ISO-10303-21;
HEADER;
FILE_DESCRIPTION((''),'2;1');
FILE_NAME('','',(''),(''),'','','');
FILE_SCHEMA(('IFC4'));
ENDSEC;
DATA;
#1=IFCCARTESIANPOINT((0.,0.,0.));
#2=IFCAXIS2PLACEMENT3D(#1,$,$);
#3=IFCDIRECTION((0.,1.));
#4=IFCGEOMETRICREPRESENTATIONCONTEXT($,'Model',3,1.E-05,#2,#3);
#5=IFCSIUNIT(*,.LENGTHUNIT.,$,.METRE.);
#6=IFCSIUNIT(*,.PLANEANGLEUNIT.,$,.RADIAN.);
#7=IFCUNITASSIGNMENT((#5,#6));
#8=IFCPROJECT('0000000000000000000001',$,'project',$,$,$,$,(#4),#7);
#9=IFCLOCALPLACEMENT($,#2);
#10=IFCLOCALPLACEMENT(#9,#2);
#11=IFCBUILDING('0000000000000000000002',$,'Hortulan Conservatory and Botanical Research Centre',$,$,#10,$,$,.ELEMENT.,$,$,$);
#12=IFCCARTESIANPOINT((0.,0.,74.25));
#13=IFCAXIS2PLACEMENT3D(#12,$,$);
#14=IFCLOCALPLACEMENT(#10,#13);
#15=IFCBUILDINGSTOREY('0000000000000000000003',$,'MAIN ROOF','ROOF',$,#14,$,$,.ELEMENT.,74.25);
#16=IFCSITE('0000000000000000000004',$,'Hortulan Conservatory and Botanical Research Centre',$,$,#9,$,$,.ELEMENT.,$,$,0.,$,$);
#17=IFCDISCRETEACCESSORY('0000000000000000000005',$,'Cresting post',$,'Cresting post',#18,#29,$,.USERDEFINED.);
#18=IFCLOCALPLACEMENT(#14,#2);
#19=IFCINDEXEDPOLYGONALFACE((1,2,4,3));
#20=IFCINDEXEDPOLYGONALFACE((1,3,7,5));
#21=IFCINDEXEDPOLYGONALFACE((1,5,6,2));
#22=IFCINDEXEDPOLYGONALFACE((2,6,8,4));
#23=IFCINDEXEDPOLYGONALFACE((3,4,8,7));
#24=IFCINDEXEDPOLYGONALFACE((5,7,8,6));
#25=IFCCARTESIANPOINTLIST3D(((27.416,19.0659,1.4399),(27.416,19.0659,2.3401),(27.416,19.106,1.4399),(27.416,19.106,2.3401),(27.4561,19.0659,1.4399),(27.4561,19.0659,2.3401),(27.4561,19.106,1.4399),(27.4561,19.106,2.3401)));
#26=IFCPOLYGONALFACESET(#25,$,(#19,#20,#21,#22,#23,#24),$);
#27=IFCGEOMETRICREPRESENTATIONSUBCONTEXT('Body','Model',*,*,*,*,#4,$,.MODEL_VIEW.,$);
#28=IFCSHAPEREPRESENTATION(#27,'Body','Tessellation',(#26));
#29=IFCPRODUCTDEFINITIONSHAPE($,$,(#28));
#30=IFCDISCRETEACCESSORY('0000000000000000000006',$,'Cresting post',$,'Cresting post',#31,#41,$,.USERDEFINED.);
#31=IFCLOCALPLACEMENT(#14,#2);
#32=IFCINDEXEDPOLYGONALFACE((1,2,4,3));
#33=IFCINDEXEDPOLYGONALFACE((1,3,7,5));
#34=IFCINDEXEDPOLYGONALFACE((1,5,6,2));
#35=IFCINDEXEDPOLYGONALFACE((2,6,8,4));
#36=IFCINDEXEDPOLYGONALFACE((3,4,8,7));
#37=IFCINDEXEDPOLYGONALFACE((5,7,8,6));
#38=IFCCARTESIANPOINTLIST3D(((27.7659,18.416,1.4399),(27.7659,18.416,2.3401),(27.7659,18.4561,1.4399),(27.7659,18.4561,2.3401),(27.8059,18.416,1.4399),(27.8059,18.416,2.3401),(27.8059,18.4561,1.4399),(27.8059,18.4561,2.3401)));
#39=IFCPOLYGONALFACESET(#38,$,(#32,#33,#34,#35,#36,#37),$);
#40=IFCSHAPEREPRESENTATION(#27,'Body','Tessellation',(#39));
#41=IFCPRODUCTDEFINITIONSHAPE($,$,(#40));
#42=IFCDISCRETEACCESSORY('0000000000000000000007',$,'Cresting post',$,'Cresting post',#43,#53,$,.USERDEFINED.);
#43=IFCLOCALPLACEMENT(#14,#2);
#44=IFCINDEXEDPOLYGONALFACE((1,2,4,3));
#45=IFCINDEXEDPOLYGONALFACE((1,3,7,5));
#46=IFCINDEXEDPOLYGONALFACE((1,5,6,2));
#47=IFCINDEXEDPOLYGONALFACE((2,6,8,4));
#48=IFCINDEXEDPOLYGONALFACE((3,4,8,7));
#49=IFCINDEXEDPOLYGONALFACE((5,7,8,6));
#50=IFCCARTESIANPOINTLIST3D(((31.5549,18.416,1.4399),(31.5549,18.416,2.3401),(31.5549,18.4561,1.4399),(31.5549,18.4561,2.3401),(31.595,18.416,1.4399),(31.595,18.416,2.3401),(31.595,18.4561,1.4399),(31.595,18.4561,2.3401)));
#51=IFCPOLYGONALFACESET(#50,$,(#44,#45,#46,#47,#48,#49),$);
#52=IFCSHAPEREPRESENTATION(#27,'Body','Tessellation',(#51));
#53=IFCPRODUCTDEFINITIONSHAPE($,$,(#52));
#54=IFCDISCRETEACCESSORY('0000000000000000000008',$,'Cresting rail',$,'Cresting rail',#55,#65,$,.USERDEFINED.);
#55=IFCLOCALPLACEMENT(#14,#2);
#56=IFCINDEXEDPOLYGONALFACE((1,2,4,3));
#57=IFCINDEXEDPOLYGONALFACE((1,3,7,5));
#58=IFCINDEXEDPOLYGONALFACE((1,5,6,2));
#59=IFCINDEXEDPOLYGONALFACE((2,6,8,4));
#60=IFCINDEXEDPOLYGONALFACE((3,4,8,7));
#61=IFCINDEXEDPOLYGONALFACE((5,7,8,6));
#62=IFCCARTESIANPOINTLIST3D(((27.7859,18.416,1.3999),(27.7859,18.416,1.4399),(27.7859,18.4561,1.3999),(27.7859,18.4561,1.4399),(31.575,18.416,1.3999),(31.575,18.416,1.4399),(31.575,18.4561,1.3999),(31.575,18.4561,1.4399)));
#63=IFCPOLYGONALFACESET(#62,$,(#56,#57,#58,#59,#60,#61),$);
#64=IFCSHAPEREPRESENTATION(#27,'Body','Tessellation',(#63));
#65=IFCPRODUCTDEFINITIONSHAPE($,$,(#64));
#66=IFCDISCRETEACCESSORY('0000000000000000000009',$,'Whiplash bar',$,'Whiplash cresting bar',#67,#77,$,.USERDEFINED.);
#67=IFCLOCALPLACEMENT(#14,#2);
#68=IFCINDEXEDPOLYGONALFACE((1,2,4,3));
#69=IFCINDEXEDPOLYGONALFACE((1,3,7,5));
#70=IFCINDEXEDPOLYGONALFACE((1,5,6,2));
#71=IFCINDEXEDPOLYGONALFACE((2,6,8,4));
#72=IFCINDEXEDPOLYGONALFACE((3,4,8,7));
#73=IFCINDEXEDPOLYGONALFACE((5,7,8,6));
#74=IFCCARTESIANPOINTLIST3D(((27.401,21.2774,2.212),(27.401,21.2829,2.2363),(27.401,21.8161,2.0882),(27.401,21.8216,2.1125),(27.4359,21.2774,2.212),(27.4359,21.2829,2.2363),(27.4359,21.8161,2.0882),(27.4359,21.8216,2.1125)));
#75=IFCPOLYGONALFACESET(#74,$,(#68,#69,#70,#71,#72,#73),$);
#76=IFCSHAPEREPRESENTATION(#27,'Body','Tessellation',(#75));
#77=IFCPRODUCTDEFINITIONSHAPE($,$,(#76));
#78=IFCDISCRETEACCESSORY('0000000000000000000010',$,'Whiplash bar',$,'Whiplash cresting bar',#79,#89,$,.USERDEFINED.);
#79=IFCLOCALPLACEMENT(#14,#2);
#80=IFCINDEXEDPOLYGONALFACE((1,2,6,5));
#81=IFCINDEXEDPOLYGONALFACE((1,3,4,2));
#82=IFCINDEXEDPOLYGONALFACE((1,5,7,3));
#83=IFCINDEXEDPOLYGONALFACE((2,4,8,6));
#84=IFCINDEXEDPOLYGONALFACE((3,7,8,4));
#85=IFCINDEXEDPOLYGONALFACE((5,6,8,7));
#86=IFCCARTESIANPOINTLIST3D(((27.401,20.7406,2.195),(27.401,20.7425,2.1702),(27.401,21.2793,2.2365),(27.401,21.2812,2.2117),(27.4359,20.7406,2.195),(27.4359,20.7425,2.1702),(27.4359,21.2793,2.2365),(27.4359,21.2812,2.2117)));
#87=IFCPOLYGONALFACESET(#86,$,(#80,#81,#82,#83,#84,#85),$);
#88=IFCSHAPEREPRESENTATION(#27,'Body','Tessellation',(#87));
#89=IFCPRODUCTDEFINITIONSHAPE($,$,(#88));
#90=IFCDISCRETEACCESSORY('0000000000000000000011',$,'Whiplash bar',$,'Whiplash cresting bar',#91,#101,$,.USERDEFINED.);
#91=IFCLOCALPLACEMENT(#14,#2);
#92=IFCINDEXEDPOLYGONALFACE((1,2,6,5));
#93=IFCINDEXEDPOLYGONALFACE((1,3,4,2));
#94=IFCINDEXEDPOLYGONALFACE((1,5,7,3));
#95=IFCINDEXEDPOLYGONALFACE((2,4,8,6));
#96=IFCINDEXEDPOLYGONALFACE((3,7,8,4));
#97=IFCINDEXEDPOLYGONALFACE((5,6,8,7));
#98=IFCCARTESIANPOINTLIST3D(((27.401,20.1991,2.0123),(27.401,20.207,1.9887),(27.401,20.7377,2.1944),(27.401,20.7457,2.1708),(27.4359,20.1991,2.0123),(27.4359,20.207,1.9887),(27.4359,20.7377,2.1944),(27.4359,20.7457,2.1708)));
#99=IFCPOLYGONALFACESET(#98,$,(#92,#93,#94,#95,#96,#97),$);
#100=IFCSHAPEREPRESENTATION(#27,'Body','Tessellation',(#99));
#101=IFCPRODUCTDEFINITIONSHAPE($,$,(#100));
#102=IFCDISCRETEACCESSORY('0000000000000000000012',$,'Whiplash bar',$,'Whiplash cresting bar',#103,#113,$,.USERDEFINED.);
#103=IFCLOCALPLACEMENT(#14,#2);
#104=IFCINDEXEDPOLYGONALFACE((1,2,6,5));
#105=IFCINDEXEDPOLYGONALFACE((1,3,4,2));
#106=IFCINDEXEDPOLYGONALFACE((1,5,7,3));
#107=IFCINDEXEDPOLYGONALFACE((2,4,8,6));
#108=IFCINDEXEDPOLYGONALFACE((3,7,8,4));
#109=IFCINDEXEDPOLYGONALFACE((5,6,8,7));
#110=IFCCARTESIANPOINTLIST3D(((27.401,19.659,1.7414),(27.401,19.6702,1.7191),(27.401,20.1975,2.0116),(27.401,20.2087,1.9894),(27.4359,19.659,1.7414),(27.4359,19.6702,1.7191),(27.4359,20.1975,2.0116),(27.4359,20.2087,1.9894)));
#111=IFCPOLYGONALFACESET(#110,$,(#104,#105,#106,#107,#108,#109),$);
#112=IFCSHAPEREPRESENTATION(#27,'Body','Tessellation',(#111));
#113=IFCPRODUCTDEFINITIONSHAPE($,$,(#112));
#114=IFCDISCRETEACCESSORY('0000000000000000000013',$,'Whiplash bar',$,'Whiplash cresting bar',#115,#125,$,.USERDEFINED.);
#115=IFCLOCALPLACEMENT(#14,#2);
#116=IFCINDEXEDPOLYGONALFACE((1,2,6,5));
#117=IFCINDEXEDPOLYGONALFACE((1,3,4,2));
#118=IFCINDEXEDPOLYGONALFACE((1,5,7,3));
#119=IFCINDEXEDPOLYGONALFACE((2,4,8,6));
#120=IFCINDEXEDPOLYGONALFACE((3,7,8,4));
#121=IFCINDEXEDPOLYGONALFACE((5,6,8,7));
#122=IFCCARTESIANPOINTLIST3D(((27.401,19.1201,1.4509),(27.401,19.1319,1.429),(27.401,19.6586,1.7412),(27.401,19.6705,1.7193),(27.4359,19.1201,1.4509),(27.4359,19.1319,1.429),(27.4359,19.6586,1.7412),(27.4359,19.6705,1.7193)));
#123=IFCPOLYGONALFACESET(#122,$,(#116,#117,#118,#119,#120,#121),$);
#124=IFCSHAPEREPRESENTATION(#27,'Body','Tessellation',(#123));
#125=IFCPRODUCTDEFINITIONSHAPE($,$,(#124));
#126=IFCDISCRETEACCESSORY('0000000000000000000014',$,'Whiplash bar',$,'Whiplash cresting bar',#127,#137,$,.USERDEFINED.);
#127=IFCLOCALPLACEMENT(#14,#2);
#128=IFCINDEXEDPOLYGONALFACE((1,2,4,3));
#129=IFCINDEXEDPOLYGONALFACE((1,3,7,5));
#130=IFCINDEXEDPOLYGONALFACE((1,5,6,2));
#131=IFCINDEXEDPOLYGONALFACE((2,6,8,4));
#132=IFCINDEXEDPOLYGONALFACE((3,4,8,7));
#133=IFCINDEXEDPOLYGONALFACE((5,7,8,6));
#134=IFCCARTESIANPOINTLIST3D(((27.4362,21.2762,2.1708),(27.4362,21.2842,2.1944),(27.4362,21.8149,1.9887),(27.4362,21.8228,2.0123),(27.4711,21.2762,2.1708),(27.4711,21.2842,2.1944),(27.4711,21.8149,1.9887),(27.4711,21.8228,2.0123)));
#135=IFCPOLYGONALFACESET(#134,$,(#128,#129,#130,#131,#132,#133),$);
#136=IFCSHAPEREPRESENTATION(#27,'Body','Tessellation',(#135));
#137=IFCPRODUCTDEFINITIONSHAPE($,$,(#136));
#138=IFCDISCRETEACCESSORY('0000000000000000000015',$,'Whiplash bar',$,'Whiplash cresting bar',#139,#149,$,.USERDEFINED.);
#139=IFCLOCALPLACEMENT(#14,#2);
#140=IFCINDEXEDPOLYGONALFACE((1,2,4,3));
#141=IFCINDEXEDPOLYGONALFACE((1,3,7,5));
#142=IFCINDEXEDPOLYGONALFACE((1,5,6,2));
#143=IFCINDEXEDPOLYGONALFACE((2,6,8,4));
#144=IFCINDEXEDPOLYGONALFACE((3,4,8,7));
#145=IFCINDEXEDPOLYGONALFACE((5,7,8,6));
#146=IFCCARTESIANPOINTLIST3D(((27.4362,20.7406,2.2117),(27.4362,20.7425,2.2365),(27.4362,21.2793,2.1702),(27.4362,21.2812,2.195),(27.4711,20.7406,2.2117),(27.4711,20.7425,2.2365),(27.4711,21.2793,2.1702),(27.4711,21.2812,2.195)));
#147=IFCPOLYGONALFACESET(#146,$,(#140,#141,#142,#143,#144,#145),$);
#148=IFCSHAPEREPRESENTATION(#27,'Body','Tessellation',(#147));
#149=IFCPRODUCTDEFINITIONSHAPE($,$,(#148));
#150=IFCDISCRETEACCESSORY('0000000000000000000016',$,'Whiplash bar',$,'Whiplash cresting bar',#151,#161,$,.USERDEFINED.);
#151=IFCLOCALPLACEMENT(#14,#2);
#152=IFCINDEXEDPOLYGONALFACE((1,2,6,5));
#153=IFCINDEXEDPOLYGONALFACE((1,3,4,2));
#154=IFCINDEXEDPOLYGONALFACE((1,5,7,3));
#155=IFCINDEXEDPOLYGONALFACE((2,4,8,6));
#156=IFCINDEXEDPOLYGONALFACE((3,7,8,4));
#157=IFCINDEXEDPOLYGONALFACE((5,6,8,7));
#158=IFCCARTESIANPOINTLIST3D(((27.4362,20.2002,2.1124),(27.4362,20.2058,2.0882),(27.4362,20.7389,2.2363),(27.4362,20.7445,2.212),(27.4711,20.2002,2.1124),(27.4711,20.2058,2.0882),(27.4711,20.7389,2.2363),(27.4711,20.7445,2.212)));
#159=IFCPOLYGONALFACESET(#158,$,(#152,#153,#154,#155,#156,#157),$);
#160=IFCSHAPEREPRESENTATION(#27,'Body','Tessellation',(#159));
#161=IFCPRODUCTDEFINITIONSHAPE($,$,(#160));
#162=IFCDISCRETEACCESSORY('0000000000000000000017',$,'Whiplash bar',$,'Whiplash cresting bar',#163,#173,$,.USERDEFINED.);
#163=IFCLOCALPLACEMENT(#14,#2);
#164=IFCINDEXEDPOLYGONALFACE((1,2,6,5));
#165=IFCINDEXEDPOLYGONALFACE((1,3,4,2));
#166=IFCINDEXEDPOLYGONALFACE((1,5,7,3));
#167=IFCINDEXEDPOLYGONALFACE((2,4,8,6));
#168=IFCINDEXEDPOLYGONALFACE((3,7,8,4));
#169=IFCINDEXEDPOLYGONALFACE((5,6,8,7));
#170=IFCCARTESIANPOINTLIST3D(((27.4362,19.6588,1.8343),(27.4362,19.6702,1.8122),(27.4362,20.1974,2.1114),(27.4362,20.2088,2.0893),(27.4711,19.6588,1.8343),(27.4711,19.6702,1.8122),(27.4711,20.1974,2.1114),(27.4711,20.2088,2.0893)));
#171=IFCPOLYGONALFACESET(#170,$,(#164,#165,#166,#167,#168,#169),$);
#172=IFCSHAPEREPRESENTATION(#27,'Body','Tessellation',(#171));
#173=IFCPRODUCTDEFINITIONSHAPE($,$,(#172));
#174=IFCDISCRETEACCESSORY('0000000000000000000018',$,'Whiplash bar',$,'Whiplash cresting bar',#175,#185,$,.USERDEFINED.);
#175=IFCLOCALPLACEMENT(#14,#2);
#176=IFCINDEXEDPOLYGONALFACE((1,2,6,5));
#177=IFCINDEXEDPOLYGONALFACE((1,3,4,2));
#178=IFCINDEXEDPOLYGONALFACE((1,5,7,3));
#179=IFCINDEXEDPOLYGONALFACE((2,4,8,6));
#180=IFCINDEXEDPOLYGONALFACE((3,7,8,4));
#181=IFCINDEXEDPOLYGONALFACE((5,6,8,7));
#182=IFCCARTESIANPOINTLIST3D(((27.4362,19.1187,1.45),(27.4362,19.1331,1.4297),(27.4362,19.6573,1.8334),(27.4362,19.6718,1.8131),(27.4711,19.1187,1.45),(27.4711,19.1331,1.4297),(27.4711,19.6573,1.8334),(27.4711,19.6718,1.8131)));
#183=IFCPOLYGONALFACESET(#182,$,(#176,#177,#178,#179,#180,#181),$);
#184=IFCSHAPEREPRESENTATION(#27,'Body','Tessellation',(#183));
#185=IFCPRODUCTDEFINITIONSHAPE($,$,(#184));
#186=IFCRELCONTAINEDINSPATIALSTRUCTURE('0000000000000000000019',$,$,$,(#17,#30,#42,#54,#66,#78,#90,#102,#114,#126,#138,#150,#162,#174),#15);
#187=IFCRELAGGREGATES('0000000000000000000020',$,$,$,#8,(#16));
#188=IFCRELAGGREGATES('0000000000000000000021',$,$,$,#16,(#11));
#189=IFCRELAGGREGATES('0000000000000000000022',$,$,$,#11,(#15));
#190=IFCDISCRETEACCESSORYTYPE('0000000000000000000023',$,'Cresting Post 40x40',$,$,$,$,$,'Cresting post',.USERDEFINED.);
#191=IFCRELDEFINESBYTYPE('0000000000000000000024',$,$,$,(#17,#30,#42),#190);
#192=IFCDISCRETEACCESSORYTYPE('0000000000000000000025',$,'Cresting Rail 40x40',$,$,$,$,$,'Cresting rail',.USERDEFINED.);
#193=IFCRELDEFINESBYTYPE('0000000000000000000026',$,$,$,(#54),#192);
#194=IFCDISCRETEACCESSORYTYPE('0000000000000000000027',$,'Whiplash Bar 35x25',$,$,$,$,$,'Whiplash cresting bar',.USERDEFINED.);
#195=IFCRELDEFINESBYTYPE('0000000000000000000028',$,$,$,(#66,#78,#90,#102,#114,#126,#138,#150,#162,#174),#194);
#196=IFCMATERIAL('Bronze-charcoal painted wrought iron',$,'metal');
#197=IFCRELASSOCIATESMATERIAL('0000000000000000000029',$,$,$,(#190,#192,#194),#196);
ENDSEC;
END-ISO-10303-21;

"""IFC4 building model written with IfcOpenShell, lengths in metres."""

from ifc_helpers import new_model, si_unit, direction, frame, origin, origin_2d, place, context, subcontext, project, spatial, rectangle, extrude, material, material_profile, profile_set, type_object, element, save


model = new_model("IFC4")

# Units and contexts
model_context = context("Model", 3, precision=1e-05, world=origin(), true_north=direction((0.0, 1.0)))
body_context = subcontext(model_context, "Body", "Model", "MODEL_VIEW")
ifc_project = project(units=[si_unit("LENGTHUNIT", "METRE"), si_unit("PLANEANGLEUNIT", "RADIAN")], contexts=[model_context])

# Site, building, storey
site_placement = place(None, origin())
site = spatial("IfcSite", under=ifc_project, at=site_placement, Name="Hortulan Conservatory and Botanical Research Centre", CompositionType="ELEMENT", RefElevation=0.0)
building_placement = place(site_placement, origin())
building = spatial("IfcBuilding", under=site, at=building_placement, Name="Hortulan Conservatory and Botanical Research Centre", CompositionType="ELEMENT")
storey_placement = place(building_placement, frame((0.0, 0.0, 74.25)))
storey = spatial("IfcBuildingStorey", under=building, at=storey_placement, Name="MAIN ROOF", Description="ROOF", CompositionType="ELEMENT", Elevation=74.25)

# Discrete accessories
ifc_material = material(Name="Bronze-charcoal painted wrought iron", Category="metal")
ifc_material_profile_1 = material_profile(ifc_material, rectangle(XDim=0.04, YDim=0.04, at=origin_2d()), Name="Square bar 40x40")
ifc_profile_set_1 = profile_set([ifc_material_profile_1], Name="Bronze-charcoal painted wrought iron")
discrete_accessory_type_1 = type_object("IfcDiscreteAccessoryType", Name="Cresting Post 40x40", ElementType="Cresting post", PredefinedType="USERDEFINED", material=ifc_profile_set_1)
for number, where, z_axis, x_axis, name in (
    (1, (27.436, 19.0859, 1.4399), (0.0, 0.0, 1.0), (1.0, 0.0, 0.0), "Cresting post"),
    (2, (27.7859, 18.436, 1.4399), (0.0, 0.0, 1.0), (1.0, 0.0, 0.0), "Cresting post"),
    (3, (31.575, 18.436, 1.4399), (0.0, 0.0, 1.0), (1.0, 0.0, 0.0), "Cresting post"),
):
    element("IfcDiscreteAccessory", number, at=place(storey_placement, frame(where, z_axis=z_axis, x_axis=x_axis)), inside=storey, type_object=discrete_accessory_type_1, Name=name, ObjectType="Cresting post", PredefinedType="USERDEFINED", context=body_context, shape_type="SweptSolid", body=[
        extrude(rectangle(XDim=0.04, YDim=0.04, at=origin_2d()), origin(), (0.0, 0.0, 1.0), 0.9001),
    ])
ifc_material_profile_2 = material_profile(ifc_material, rectangle(XDim=0.04, YDim=0.04, at=origin_2d()), Name="Square bar 40x40")
ifc_profile_set_2 = profile_set([ifc_material_profile_2], Name="Bronze-charcoal painted wrought iron")
discrete_accessory_type_2 = type_object("IfcDiscreteAccessoryType", Name="Cresting Rail 40x40", ElementType="Cresting rail", PredefinedType="USERDEFINED", material=ifc_profile_set_2)
discrete_accessory_1_placement = place(storey_placement, frame((27.7859, 18.436, 1.4199), z_axis=(1.0, 0.0, 0.0), x_axis=(0.0, 1.0, 0.0)))
element("IfcDiscreteAccessory", 4, at=discrete_accessory_1_placement, inside=storey, type_object=discrete_accessory_type_2, Name="Cresting rail", ObjectType="Cresting rail", PredefinedType="USERDEFINED", context=body_context, shape_type="SweptSolid", body=[
    extrude(rectangle(XDim=0.04, YDim=0.04, at=origin_2d()), origin(), (0.0, 0.0, 1.0), 3.7891),
])
ifc_material_profile_3 = material_profile(ifc_material, rectangle(XDim=0.0349, YDim=0.0249, at=origin_2d()), Name="Flat bar 35x25")
ifc_profile_set_3 = profile_set([ifc_material_profile_3], Name="Bronze-charcoal painted wrought iron")
discrete_accessory_type_3 = type_object("IfcDiscreteAccessoryType", Name="Whiplash Bar 35x25", ElementType="Whiplash cresting bar", PredefinedType="USERDEFINED", material=ifc_profile_set_3)
discrete_accessory_2_placement = place(storey_placement, frame((27.4185, 21.8188, 2.1003), z_axis=(0.0, -0.974592, 0.223988), x_axis=(1.0, 0.0, 0.0)))
element("IfcDiscreteAccessory", 5, at=discrete_accessory_2_placement, inside=storey, type_object=discrete_accessory_type_3, Name="Whiplash bar", ObjectType="Whiplash cresting bar", PredefinedType="USERDEFINED", context=body_context, shape_type="SweptSolid", body=[
    extrude(rectangle(XDim=0.0349, YDim=0.0249, at=origin_2d()), origin(), (0.0, 0.0, 1.0), 0.5527),
])
discrete_accessory_3_placement = place(storey_placement, frame((27.4185, 21.2803, 2.2241), z_axis=(0.0, -0.997044, -0.076835), x_axis=(1.0, 0.0, 0.0)))
element("IfcDiscreteAccessory", 6, at=discrete_accessory_3_placement, inside=storey, type_object=discrete_accessory_type_3, Name="Whiplash bar", ObjectType="Whiplash cresting bar", PredefinedType="USERDEFINED", context=body_context, shape_type="SweptSolid", body=[
    extrude(rectangle(XDim=0.0349, YDim=0.0249, at=origin_2d()), origin(), (0.0, 0.0, 1.0), 0.5403),
])
discrete_accessory_4_placement = place(storey_placement, frame((27.4185, 20.7417, 2.1826), z_axis=(0.0, -0.9473, -0.320347), x_axis=(1.0, 0.0, 0.0)))
element("IfcDiscreteAccessory", 7, at=discrete_accessory_4_placement, inside=storey, type_object=discrete_accessory_type_3, Name="Whiplash bar", ObjectType="Whiplash cresting bar", PredefinedType="USERDEFINED", context=body_context, shape_type="SweptSolid", body=[
    extrude(rectangle(XDim=0.0349, YDim=0.0249, at=origin_2d()), origin(), (0.0, 0.0, 1.0), 0.5686),
])
discrete_accessory_5_placement = place(storey_placement, frame((27.4185, 20.2031, 2.0005), z_axis=(0.0, -0.893778, -0.44851), x_axis=(1.0, 0.0, 0.0)))
element("IfcDiscreteAccessory", 8, at=discrete_accessory_5_placement, inside=storey, type_object=discrete_accessory_type_3, Name="Whiplash bar", ObjectType="Whiplash cresting bar", PredefinedType="USERDEFINED", context=body_context, shape_type="SweptSolid", body=[
    extrude(rectangle(XDim=0.0349, YDim=0.0249, at=origin_2d()), origin(), (0.0, 0.0, 1.0), 0.6025),
])
discrete_accessory_6_placement = place(storey_placement, frame((27.4185, 19.6646, 1.7302), z_axis=(0.0, -0.880279, -0.474457), x_axis=(1.0, 0.0, 0.0)))
element("IfcDiscreteAccessory", 9, at=discrete_accessory_6_placement, inside=storey, type_object=discrete_accessory_type_3, Name="Whiplash bar", ObjectType="Whiplash cresting bar", PredefinedType="USERDEFINED", context=body_context, shape_type="SweptSolid", body=[
    extrude(rectangle(XDim=0.0349, YDim=0.0249, at=origin_2d()), origin(), (0.0, 0.0, 1.0), 0.6118),
])
discrete_accessory_7_placement = place(storey_placement, frame((27.4536, 21.8188, 2.0005), z_axis=(0.0, -0.9473, 0.320347), x_axis=(1.0, 0.0, 0.0)))
element("IfcDiscreteAccessory", 10, at=discrete_accessory_7_placement, inside=storey, type_object=discrete_accessory_type_3, Name="Whiplash bar", ObjectType="Whiplash cresting bar", PredefinedType="USERDEFINED", context=body_context, shape_type="SweptSolid", body=[
    extrude(rectangle(XDim=0.0349, YDim=0.0249, at=origin_2d()), origin(), (0.0, 0.0, 1.0), 0.5686),
])
discrete_accessory_8_placement = place(storey_placement, frame((27.4536, 21.2803, 2.1826), z_axis=(0.0, -0.997044, 0.076835), x_axis=(1.0, 0.0, 0.0)))
element("IfcDiscreteAccessory", 11, at=discrete_accessory_8_placement, inside=storey, type_object=discrete_accessory_type_3, Name="Whiplash bar", ObjectType="Whiplash cresting bar", PredefinedType="USERDEFINED", context=body_context, shape_type="SweptSolid", body=[
    extrude(rectangle(XDim=0.0349, YDim=0.0249, at=origin_2d()), origin(), (0.0, 0.0, 1.0), 0.5403),
])
discrete_accessory_9_placement = place(storey_placement, frame((27.4536, 20.7417, 2.2241), z_axis=(0.0, -0.974592, -0.223988), x_axis=(1.0, 0.0, 0.0)))
element("IfcDiscreteAccessory", 12, at=discrete_accessory_9_placement, inside=storey, type_object=discrete_accessory_type_3, Name="Whiplash bar", ObjectType="Whiplash cresting bar", PredefinedType="USERDEFINED", context=body_context, shape_type="SweptSolid", body=[
    extrude(rectangle(XDim=0.0349, YDim=0.0249, at=origin_2d()), origin(), (0.0, 0.0, 1.0), 0.5527),
])
discrete_accessory_10_placement = place(storey_placement, frame((27.4536, 20.2031, 2.1003), z_axis=(0.0, -0.889208, -0.457503), x_axis=(1.0, 0.0, 0.0)))
element("IfcDiscreteAccessory", 13, at=discrete_accessory_10_placement, inside=storey, type_object=discrete_accessory_type_3, Name="Whiplash bar", ObjectType="Whiplash cresting bar", PredefinedType="USERDEFINED", context=body_context, shape_type="SweptSolid", body=[
    extrude(rectangle(XDim=0.0349, YDim=0.0249, at=origin_2d()), origin(), (0.0, 0.0, 1.0), 0.6057),
])
discrete_accessory_11_placement = place(storey_placement, frame((27.4536, 19.6646, 1.8232), z_axis=(0.0, -0.81473, -0.57984), x_axis=(1.0, 0.0, 0.0)))
element("IfcDiscreteAccessory", 14, at=discrete_accessory_11_placement, inside=storey, type_object=discrete_accessory_type_3, Name="Whiplash bar", ObjectType="Whiplash cresting bar", PredefinedType="USERDEFINED", context=body_context, shape_type="SweptSolid", body=[
    extrude(rectangle(XDim=0.0349, YDim=0.0249, at=origin_2d()), origin(), (0.0, 0.0, 1.0), 0.6611),
])

save(model, "model.ifc")
